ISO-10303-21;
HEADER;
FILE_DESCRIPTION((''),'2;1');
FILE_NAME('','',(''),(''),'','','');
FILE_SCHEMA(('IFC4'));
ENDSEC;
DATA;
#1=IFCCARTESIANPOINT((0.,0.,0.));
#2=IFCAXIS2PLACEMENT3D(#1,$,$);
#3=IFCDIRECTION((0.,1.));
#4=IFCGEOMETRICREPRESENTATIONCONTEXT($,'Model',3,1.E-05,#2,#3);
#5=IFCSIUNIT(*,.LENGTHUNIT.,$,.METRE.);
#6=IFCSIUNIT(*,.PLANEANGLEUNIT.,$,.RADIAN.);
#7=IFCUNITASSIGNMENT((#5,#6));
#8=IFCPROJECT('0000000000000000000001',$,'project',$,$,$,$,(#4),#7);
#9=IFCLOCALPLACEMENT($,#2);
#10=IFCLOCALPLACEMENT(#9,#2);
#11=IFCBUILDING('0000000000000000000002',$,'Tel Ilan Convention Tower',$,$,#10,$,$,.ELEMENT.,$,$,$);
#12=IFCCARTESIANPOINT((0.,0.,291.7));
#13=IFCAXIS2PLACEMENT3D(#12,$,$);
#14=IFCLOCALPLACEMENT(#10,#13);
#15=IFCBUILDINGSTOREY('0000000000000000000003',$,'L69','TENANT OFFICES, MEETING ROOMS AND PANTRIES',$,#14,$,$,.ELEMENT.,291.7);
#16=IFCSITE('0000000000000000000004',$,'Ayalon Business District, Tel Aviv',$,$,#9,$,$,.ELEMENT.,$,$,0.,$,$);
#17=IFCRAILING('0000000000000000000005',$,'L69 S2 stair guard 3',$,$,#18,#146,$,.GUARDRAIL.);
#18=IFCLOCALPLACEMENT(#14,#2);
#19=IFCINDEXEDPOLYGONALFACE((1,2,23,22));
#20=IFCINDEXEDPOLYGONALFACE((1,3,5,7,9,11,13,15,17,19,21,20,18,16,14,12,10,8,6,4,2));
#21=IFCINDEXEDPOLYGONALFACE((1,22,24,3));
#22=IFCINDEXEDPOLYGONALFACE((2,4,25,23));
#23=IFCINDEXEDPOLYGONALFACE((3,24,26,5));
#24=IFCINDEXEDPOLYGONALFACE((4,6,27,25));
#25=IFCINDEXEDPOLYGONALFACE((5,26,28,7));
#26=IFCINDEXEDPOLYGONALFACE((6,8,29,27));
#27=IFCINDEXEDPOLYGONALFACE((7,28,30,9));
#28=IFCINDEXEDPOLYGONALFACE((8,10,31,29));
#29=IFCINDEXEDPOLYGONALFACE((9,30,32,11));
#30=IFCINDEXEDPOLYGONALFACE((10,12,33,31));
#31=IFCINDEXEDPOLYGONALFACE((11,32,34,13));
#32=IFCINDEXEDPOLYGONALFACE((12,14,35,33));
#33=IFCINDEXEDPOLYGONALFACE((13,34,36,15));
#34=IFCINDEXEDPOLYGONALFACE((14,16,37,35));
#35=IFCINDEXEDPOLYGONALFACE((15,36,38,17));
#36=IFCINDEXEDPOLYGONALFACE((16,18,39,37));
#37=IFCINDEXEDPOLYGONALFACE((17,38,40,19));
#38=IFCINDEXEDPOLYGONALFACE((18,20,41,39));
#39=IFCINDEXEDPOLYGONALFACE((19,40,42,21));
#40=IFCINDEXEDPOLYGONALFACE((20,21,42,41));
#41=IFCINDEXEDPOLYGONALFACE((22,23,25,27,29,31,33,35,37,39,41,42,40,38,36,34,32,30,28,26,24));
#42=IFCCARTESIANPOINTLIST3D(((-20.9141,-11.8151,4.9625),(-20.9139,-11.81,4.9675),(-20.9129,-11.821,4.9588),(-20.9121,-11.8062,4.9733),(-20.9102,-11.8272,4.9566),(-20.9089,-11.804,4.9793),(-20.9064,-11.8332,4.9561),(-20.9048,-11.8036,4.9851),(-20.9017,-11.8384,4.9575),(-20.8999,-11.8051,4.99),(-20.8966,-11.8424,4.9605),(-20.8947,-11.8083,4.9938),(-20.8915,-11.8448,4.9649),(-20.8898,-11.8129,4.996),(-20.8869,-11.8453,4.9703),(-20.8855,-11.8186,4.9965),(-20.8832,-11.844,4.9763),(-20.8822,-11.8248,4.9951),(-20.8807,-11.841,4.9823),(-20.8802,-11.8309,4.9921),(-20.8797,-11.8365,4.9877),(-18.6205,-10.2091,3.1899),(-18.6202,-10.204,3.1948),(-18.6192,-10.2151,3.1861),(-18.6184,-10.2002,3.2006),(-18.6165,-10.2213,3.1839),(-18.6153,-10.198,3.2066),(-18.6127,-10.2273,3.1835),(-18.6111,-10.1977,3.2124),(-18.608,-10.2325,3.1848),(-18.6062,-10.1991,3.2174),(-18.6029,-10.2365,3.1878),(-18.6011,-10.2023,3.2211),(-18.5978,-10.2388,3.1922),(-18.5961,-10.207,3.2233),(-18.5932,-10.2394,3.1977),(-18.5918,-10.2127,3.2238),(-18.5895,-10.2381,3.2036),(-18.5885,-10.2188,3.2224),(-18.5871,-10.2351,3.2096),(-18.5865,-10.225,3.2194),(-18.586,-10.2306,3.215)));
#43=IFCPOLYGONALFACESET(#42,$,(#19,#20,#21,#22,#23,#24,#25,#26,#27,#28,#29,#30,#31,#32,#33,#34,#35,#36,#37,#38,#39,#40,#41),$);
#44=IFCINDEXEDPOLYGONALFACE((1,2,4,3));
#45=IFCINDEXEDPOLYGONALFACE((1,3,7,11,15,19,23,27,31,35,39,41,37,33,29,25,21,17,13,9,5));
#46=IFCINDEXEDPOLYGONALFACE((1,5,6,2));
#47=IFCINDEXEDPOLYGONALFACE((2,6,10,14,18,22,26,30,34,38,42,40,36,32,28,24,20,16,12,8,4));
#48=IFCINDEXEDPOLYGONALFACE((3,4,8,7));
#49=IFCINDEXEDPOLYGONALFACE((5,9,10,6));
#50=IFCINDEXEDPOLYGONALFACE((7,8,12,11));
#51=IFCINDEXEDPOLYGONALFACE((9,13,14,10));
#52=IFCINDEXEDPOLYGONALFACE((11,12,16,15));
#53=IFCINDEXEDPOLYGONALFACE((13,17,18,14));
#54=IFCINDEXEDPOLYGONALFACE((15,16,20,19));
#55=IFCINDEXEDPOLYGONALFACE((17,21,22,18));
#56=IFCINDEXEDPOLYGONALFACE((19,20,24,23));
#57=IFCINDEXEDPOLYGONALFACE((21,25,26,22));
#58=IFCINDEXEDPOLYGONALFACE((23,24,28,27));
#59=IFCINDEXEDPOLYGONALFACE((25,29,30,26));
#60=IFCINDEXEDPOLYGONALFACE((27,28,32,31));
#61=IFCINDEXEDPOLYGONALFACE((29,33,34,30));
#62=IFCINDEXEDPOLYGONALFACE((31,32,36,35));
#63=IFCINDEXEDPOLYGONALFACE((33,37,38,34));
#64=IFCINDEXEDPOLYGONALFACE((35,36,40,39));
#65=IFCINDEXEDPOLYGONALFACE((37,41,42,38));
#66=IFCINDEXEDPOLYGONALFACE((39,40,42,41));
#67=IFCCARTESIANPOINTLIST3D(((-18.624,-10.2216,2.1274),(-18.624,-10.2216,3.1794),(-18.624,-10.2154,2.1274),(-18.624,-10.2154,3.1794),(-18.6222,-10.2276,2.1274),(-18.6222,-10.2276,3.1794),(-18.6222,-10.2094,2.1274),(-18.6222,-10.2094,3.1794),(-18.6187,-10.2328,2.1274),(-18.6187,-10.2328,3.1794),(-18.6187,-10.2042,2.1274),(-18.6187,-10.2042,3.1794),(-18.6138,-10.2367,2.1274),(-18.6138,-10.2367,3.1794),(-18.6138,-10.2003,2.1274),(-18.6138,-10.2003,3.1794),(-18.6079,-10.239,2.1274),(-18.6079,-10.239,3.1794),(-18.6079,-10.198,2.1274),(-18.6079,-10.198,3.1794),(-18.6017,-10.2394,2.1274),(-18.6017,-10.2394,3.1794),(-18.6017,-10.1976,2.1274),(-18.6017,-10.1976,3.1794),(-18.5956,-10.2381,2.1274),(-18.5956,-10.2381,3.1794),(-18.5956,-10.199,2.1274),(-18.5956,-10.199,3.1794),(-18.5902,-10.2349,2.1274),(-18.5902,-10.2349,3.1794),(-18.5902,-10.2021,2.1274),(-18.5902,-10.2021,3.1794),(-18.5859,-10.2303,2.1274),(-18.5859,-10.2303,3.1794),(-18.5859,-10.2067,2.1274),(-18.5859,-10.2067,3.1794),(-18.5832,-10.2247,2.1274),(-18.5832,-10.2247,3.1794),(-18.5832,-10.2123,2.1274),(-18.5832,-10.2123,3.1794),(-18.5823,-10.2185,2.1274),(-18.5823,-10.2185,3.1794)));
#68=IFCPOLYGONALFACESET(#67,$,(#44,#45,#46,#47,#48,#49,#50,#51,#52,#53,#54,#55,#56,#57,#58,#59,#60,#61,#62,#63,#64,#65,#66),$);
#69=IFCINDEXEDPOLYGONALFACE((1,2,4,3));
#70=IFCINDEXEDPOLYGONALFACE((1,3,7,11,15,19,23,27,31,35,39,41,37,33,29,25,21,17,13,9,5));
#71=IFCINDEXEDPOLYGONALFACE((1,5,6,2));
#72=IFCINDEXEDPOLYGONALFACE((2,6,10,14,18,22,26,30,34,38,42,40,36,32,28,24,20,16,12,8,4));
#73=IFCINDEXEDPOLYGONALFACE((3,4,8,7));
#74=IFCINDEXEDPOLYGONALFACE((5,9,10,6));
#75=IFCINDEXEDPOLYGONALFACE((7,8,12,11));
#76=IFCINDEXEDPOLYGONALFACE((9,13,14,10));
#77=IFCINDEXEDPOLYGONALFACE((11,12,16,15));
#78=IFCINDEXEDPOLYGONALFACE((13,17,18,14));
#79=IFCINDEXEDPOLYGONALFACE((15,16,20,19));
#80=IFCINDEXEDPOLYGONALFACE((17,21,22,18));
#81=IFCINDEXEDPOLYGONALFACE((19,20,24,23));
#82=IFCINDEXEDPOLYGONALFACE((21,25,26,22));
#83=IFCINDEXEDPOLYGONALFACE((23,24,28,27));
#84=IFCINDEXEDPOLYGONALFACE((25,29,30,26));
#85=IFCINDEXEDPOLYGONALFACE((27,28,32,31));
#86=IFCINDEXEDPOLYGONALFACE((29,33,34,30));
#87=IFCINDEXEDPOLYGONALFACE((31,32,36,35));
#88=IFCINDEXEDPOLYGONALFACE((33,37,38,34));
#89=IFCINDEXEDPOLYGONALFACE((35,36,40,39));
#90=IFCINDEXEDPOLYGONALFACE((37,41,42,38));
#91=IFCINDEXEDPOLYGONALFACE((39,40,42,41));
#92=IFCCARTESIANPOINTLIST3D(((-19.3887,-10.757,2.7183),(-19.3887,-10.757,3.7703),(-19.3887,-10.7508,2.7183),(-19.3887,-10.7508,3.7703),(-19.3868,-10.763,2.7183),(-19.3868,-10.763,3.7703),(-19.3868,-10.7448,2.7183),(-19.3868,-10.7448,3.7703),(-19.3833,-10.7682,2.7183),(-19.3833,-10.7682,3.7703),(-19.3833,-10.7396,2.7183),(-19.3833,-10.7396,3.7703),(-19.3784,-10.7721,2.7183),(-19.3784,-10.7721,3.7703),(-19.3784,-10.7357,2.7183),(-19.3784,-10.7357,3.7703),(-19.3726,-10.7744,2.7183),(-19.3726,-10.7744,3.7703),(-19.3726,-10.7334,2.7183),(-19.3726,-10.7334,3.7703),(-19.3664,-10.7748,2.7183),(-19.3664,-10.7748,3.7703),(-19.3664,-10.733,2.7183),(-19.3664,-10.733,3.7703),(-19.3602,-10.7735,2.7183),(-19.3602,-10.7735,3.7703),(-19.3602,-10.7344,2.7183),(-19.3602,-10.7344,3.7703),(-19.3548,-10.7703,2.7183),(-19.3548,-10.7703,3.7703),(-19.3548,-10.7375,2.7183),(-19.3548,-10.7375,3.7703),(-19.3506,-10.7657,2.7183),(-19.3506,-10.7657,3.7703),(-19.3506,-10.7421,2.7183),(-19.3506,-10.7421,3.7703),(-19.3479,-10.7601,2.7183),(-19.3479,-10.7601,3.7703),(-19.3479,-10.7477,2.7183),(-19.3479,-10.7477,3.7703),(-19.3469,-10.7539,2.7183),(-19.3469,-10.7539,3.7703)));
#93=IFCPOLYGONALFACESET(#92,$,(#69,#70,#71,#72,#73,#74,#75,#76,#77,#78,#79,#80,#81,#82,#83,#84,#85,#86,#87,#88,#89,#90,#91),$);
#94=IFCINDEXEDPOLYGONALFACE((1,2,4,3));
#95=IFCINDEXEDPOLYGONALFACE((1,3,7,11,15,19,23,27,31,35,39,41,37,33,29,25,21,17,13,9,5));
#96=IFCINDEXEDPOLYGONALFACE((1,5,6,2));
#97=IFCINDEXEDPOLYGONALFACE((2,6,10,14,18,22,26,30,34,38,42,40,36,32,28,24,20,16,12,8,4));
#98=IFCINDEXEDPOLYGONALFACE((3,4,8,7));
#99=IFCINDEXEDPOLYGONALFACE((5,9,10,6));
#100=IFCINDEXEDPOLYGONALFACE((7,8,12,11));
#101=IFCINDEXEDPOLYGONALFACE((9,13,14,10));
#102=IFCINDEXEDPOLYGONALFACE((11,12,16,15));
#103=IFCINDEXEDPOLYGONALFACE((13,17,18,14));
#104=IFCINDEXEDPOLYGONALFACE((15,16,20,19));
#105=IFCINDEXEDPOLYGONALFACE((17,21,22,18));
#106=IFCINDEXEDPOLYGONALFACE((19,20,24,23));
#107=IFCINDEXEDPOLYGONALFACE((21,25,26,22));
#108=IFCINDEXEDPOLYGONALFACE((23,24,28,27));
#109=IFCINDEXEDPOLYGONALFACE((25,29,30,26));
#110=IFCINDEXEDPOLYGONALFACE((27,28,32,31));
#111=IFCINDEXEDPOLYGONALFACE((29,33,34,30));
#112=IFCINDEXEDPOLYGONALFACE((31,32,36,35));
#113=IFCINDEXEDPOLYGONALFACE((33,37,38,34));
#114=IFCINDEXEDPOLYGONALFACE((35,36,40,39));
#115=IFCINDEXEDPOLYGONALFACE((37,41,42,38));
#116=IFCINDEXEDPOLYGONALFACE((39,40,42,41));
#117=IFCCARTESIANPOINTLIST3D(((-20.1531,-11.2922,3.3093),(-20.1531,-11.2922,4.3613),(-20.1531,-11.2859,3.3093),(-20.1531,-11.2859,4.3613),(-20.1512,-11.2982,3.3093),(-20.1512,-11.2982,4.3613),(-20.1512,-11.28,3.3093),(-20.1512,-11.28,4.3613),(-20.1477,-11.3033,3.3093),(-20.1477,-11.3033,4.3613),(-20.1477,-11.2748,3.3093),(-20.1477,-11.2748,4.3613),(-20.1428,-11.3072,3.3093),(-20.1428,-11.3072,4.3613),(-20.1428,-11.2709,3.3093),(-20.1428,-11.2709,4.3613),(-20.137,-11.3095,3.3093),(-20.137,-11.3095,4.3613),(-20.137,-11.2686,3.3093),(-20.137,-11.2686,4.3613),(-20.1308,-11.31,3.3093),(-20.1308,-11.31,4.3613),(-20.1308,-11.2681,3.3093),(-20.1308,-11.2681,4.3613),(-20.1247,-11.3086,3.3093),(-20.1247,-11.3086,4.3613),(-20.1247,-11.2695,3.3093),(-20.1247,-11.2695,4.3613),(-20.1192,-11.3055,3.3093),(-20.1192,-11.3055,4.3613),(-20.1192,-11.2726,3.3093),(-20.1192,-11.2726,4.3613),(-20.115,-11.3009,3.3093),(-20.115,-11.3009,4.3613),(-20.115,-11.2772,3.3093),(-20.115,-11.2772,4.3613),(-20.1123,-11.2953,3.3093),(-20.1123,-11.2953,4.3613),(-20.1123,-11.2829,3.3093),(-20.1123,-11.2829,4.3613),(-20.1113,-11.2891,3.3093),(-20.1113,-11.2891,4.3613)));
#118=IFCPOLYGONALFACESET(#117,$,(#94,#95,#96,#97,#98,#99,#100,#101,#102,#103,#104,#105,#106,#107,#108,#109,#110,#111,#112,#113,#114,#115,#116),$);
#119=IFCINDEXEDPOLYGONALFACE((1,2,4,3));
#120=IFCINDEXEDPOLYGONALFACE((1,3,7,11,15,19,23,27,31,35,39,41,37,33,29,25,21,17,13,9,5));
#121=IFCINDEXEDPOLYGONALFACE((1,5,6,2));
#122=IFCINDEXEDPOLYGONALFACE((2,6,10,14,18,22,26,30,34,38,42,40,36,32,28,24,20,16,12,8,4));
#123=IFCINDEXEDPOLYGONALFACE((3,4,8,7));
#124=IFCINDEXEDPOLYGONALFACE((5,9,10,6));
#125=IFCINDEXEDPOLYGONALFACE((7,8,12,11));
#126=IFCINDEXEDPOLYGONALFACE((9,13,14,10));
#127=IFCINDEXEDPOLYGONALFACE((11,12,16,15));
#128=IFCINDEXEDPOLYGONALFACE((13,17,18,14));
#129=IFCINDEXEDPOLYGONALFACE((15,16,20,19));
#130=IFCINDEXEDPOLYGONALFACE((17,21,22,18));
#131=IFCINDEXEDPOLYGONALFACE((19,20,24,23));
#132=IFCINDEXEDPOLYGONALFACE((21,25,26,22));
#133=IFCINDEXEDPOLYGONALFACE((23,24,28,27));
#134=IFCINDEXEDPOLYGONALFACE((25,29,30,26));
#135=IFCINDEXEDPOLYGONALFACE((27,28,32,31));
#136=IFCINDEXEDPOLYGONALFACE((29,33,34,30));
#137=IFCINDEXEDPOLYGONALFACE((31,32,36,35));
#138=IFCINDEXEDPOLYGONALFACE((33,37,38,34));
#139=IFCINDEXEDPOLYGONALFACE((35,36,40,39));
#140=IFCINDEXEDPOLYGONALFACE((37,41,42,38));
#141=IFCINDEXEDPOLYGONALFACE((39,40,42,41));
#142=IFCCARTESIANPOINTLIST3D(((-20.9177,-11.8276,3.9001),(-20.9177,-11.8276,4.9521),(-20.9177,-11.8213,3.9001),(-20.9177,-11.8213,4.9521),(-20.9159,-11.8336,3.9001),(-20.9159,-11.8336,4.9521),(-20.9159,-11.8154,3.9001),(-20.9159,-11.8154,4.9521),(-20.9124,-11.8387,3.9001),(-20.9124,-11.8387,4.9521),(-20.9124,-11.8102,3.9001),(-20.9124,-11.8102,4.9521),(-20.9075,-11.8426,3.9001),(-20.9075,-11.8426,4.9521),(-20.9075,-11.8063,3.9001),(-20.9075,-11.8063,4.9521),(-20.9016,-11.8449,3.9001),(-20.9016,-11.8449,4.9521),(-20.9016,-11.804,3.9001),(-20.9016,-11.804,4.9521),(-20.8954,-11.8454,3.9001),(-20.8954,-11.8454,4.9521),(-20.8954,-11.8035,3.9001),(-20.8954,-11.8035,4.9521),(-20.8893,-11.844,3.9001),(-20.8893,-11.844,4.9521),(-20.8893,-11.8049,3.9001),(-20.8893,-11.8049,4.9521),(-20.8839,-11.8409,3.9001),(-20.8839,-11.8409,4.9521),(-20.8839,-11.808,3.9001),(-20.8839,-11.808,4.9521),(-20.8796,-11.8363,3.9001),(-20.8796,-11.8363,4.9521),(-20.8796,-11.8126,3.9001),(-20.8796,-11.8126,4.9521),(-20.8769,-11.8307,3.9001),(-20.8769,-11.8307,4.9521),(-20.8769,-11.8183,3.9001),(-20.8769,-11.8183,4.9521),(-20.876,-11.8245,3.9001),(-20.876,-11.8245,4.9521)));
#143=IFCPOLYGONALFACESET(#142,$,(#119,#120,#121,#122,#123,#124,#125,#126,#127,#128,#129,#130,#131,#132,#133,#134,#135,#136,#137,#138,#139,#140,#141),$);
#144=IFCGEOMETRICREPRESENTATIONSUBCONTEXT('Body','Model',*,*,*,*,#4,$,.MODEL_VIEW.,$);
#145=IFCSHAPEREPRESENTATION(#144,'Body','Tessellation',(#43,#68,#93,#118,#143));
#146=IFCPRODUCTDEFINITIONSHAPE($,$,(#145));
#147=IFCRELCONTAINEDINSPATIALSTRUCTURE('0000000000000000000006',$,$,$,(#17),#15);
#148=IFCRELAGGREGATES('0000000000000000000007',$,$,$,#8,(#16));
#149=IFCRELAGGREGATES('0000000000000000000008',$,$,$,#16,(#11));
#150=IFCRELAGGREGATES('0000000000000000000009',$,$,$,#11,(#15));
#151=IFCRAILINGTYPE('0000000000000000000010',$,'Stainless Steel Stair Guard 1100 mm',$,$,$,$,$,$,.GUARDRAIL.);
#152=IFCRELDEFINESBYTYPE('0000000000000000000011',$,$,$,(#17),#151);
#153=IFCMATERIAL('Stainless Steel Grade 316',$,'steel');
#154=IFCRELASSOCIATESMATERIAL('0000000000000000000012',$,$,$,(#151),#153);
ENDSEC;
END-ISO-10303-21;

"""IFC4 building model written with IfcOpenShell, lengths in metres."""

from ifc_helpers import new_model, si_unit, direction, frame, origin, origin_2d, place, context, subcontext, project, spatial, circle, extrude, material, type_object, element, save


model = new_model("IFC4")

# Units and contexts
model_context = context("Model", 3, precision=1e-05, world=origin(), true_north=direction((0.0, 1.0)))
body_context = subcontext(model_context, "Body", "Model", "MODEL_VIEW")
ifc_project = project(units=[si_unit("LENGTHUNIT", "METRE"), si_unit("PLANEANGLEUNIT", "RADIAN")], contexts=[model_context])

# Site, building, storey
site_placement = place(None, origin())
site = spatial("IfcSite", under=ifc_project, at=site_placement, Name="Ayalon Business District, Tel Aviv", CompositionType="ELEMENT", RefElevation=0.0)
building_placement = place(site_placement, origin())
building = spatial("IfcBuilding", under=site, at=building_placement, Name="Tel Ilan Convention Tower", CompositionType="ELEMENT")
storey_placement = place(building_placement, frame((0.0, 0.0, 291.7)))
storey = spatial("IfcBuildingStorey", under=building, at=storey_placement, Name="L69", Description="TENANT OFFICES, MEETING ROOMS AND PANTRIES", CompositionType="ELEMENT", Elevation=291.7)

# Railing
ifc_material_1 = material(Name="Stainless Steel Grade 316", Category="steel")
railing_type = type_object("IfcRailingType", Name="Stainless Steel Stair Guard 1100 mm", PredefinedType="GUARDRAIL", material=ifc_material_1)
railing_1_placement = place(storey_placement, frame((-18.6033, -10.2185, 2.1274)))
element("IfcRailing", 1, at=railing_1_placement, inside=storey, type_object=railing_type, Name="L69 S2 stair guard 3", PredefinedType="GUARDRAIL", context=body_context, shape_type="SweptSolid", body=[
    extrude(circle(Radius=0.0239, at=origin_2d()), frame((0.0, 0.0, 1.0762), z_axis=(-0.692123, -0.484597, 0.534913), x_axis=(0.57355, -0.81917, 0.0)), (0.0, 0.0, 1.0), 3.314),
    extrude(circle(Radius=0.021, at=origin_2d()), origin(), (0.0, 0.0, 1.0), 1.052),
    extrude(circle(Radius=0.021, at=origin_2d()), frame((-0.7646, -0.5354, 0.5908)), (0.0, 0.0, 1.0), 1.052),
    extrude(circle(Radius=0.021, at=origin_2d()), frame((-1.5291, -1.0706, 1.1819)), (0.0, 0.0, 1.0), 1.052),
    extrude(circle(Radius=0.021, at=origin_2d()), frame((-2.2937, -1.606, 1.7727)), (0.0, 0.0, 1.0), 1.052),
])

save(model, "model.ifc")
